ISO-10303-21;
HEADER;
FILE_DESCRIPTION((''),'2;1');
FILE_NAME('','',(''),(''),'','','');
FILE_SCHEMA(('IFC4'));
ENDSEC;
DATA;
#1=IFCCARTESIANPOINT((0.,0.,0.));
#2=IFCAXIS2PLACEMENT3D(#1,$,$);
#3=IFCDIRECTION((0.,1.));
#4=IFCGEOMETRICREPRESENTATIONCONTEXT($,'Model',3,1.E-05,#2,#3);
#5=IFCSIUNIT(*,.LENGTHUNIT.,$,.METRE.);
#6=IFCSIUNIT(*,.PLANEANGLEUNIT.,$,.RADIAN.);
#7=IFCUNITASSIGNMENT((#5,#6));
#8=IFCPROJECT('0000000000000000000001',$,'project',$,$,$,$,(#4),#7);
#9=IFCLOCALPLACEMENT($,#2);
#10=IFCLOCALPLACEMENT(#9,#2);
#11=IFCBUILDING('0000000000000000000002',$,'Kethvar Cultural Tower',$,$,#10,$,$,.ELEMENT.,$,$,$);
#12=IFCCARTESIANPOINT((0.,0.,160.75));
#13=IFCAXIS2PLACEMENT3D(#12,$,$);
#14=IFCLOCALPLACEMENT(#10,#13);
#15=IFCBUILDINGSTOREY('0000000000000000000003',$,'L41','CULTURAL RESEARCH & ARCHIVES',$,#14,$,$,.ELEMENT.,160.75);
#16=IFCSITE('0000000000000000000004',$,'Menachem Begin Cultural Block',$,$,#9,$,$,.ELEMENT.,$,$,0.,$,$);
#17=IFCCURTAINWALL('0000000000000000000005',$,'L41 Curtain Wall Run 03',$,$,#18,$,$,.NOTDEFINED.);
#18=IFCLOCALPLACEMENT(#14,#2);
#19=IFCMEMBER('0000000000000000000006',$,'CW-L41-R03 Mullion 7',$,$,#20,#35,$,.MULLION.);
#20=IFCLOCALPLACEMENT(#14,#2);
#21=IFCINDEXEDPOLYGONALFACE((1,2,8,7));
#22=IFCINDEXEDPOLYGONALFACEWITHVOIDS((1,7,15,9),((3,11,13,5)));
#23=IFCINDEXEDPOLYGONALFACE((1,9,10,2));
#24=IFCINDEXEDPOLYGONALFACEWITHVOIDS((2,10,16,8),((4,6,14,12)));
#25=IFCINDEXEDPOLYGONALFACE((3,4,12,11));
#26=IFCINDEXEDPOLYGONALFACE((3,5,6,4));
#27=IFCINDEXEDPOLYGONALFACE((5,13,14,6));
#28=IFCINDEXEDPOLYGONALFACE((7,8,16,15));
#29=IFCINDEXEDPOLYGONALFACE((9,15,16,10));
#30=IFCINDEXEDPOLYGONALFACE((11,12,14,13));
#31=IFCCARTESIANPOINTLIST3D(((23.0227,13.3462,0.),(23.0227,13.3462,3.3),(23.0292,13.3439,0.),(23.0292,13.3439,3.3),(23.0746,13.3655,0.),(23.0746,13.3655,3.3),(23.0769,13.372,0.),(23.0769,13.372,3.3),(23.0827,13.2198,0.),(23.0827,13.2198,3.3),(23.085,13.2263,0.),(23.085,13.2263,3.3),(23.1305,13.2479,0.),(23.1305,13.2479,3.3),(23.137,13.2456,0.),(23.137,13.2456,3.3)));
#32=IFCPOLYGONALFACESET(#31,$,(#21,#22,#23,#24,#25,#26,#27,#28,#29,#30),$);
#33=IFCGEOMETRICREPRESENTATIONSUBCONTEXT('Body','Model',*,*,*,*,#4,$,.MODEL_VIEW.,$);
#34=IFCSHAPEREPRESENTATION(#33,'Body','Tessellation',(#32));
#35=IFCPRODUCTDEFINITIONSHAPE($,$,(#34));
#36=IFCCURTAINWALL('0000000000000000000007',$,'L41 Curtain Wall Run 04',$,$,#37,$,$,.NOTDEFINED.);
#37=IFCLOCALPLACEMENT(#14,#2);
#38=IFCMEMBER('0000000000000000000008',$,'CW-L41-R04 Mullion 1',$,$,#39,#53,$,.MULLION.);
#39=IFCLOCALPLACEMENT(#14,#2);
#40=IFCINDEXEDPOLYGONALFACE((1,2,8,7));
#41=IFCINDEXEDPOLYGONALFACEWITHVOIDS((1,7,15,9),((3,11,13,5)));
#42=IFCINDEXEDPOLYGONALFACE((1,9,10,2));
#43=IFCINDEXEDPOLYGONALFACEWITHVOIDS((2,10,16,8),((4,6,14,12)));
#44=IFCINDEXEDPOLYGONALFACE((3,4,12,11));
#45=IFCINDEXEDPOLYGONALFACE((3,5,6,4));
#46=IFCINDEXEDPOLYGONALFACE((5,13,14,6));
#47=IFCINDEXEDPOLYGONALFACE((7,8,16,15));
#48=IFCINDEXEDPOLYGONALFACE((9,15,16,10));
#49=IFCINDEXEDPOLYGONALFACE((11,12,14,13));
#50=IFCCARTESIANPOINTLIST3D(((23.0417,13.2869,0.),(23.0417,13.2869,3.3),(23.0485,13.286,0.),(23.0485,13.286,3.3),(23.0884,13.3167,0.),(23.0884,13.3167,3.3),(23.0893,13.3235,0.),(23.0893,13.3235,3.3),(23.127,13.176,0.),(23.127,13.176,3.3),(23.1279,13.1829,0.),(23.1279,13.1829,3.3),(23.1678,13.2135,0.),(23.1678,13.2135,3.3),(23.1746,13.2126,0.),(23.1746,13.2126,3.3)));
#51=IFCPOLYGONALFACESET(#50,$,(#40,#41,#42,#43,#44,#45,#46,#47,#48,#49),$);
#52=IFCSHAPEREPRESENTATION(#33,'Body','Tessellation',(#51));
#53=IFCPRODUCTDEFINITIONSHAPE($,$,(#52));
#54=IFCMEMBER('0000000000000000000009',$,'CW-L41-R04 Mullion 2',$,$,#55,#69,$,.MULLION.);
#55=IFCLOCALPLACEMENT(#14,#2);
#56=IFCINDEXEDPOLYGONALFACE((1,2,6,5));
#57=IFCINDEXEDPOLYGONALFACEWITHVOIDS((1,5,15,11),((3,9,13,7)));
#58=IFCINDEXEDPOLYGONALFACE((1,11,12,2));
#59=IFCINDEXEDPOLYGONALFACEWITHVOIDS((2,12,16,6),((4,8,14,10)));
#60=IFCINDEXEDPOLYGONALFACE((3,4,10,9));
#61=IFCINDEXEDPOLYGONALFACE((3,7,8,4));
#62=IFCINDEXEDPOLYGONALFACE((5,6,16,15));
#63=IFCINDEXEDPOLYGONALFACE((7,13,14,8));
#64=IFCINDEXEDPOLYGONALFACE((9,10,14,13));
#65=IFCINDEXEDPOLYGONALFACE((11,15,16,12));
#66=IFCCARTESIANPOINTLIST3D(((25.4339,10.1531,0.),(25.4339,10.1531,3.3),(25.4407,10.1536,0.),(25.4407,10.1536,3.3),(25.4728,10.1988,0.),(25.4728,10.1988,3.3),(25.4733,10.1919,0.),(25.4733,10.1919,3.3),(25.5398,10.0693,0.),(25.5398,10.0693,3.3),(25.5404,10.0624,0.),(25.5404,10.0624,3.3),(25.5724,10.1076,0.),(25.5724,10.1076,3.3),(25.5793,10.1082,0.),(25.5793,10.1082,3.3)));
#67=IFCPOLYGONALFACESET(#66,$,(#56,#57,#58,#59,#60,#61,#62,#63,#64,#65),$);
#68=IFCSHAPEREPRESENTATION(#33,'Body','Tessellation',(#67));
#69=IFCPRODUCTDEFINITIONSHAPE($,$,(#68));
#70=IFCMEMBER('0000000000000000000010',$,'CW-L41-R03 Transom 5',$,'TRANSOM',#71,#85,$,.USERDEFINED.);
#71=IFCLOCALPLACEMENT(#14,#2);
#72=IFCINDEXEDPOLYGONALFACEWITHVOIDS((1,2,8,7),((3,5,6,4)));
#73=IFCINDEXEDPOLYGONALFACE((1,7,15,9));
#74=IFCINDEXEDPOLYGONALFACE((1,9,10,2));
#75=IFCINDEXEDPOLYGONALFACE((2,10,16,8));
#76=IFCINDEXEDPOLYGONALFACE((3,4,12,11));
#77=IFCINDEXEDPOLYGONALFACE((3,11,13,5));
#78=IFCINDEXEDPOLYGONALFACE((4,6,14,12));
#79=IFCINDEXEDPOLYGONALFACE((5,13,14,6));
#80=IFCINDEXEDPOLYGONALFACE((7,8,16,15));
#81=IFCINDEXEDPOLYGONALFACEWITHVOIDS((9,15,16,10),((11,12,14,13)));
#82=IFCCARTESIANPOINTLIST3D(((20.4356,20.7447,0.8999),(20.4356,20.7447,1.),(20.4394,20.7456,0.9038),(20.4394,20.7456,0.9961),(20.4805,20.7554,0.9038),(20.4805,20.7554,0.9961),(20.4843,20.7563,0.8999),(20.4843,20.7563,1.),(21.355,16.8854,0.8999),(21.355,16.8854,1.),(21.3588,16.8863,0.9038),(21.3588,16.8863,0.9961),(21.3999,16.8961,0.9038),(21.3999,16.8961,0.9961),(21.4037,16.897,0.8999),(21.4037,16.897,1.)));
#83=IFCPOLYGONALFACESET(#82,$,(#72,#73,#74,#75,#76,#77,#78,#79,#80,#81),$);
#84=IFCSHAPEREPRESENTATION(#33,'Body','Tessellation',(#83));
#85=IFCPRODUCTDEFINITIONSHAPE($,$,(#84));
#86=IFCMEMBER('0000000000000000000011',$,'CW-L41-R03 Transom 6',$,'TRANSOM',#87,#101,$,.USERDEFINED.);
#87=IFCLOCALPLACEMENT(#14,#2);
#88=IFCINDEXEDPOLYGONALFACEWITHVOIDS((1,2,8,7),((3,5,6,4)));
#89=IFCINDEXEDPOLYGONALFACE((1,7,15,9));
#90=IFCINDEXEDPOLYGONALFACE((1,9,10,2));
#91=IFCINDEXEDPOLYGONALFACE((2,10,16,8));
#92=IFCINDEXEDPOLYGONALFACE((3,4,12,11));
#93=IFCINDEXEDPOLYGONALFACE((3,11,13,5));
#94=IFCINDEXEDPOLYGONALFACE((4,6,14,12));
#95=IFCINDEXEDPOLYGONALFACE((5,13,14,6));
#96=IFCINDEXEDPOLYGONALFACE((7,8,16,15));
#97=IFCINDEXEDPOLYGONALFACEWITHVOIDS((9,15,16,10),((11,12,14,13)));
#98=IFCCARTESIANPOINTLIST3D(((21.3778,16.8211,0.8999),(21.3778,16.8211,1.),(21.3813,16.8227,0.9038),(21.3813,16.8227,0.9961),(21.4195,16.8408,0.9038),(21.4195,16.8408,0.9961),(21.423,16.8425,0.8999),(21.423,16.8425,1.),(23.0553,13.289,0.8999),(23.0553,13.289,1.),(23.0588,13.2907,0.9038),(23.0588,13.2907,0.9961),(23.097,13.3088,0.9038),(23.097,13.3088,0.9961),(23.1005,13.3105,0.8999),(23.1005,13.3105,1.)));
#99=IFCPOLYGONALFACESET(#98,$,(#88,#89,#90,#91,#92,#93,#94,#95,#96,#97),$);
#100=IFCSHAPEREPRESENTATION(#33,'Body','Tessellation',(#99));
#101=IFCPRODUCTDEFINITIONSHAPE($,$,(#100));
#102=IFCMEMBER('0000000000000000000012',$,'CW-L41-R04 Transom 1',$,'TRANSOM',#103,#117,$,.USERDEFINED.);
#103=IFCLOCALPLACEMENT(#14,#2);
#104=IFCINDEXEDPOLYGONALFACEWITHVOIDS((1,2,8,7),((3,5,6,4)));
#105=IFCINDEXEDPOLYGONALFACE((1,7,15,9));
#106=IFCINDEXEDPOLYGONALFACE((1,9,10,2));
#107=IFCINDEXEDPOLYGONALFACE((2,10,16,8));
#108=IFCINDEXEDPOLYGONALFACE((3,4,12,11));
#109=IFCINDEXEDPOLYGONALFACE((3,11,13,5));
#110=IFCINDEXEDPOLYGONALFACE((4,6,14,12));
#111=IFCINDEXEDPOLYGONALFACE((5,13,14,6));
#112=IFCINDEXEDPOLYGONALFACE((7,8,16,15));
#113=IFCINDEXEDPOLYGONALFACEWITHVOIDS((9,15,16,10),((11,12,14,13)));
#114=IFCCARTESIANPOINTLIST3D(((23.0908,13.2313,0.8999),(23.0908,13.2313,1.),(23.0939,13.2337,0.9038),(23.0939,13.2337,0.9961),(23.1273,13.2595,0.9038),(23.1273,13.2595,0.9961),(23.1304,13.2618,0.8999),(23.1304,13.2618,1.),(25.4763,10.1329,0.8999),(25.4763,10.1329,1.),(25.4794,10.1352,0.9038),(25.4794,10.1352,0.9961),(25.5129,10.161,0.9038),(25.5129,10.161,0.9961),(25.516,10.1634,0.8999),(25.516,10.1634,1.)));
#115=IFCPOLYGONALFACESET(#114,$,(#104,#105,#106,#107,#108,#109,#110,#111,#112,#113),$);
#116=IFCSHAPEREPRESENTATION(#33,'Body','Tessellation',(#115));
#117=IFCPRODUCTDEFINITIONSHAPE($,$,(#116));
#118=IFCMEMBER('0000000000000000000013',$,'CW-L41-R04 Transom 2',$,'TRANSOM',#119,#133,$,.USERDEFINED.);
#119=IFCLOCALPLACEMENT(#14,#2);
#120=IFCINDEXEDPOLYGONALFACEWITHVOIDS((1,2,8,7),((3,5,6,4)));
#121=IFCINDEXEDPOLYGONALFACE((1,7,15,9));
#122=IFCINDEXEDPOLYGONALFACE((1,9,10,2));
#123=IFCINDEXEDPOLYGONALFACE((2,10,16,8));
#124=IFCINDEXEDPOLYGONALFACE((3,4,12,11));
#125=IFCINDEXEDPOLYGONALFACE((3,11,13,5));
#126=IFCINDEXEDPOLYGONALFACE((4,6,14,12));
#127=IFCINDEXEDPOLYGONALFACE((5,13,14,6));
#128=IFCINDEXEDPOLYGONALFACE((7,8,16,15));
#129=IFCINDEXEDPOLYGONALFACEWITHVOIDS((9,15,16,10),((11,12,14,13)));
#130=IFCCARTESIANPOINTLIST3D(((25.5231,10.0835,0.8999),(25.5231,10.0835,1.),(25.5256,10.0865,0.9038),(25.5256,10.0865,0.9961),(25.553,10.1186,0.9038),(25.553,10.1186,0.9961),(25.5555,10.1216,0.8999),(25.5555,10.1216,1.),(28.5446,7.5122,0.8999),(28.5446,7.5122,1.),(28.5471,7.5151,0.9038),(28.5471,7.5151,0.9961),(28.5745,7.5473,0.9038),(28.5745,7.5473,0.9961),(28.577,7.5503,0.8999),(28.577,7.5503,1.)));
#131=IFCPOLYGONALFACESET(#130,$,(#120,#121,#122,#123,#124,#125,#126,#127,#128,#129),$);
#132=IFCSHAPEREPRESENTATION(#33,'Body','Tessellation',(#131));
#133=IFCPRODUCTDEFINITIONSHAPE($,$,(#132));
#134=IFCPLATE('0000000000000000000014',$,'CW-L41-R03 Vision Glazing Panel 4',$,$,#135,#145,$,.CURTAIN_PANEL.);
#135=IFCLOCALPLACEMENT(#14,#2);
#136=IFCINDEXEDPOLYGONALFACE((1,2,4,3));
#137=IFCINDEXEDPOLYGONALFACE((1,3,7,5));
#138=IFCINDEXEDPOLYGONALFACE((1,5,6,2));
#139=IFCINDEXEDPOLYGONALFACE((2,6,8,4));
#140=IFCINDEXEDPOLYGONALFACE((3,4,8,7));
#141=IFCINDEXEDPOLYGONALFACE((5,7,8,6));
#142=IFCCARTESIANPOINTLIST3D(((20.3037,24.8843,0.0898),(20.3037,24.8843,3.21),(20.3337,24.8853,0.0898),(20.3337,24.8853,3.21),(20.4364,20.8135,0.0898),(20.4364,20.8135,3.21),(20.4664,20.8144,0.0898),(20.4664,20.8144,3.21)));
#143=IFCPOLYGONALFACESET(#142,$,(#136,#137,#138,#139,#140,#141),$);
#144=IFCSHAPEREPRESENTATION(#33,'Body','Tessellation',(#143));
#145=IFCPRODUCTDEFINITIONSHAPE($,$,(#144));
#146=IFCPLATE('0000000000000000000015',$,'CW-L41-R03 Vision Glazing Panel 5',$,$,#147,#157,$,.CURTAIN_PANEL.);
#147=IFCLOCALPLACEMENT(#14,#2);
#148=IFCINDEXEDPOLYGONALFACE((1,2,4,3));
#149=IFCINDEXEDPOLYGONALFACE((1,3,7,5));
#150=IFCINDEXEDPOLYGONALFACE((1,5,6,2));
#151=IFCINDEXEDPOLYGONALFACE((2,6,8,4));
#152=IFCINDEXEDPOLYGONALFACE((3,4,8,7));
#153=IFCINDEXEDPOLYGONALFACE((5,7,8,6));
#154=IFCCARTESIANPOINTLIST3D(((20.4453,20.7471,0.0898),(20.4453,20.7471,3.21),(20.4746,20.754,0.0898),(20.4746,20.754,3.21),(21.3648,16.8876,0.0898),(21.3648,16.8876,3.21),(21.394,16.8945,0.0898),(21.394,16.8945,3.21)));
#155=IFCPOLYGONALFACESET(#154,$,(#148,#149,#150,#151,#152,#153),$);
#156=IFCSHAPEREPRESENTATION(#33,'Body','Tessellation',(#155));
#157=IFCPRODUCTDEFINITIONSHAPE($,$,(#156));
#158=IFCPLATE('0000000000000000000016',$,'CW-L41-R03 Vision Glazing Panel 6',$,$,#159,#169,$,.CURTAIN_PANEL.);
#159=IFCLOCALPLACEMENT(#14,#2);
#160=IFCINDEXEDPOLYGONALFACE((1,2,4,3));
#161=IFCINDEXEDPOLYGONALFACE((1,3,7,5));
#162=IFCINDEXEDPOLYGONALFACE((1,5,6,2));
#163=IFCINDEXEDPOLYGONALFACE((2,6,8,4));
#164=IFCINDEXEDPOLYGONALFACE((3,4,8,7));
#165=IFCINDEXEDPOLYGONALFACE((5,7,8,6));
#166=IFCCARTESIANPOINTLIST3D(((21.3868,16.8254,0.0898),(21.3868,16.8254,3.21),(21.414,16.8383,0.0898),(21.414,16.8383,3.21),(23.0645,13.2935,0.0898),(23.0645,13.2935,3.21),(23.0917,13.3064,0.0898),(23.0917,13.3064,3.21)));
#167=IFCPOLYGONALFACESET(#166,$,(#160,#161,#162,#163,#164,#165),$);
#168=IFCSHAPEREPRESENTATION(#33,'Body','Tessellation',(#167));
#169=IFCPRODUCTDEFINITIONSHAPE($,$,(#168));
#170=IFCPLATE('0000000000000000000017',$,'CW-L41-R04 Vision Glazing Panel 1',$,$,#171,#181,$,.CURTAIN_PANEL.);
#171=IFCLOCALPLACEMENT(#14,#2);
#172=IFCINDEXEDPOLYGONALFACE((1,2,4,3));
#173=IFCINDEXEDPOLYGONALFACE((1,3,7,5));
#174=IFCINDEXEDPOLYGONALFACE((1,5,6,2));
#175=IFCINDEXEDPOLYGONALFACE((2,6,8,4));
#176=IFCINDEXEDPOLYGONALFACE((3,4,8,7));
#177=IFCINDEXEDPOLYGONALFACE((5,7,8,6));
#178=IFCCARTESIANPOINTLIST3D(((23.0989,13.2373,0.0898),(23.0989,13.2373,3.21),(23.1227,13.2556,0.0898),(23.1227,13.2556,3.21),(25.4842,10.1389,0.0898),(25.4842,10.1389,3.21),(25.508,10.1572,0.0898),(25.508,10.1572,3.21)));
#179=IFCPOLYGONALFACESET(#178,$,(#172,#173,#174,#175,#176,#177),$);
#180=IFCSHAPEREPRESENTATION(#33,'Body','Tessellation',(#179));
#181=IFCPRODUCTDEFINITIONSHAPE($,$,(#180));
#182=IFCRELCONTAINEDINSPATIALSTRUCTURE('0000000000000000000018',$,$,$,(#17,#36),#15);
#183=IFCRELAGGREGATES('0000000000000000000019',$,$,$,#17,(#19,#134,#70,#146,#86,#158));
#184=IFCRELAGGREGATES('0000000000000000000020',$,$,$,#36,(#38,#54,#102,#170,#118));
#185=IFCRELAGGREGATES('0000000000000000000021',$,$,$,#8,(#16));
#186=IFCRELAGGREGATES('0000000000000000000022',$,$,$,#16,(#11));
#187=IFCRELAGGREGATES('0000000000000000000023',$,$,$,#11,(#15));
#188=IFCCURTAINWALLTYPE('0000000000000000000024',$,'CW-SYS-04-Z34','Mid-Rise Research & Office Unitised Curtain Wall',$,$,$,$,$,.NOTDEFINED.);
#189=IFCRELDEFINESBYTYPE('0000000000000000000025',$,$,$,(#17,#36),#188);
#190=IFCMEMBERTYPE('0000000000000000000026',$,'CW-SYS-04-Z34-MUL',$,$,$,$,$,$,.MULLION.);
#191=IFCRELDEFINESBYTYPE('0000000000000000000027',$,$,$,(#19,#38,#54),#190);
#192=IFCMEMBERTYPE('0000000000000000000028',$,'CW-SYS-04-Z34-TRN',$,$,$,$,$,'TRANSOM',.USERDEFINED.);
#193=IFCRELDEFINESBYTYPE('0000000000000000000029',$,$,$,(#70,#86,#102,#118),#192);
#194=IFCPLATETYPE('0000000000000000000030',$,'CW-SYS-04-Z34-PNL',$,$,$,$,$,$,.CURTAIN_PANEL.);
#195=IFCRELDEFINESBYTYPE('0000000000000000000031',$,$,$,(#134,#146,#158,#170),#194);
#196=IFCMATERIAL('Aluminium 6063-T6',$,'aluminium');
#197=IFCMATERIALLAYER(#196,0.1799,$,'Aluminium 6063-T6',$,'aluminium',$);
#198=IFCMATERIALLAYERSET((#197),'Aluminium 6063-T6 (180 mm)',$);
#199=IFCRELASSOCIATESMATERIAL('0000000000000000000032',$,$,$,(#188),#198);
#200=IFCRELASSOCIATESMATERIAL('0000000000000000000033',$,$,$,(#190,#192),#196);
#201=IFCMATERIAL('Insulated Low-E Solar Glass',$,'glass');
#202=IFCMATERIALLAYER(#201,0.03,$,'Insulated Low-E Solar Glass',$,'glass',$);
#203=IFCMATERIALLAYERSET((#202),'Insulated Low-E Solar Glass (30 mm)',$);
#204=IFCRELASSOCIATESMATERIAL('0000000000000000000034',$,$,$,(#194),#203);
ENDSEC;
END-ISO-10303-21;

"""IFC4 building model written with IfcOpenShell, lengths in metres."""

from ifc_helpers import new_model, si_unit, direction, frame, origin, origin_2d, place, context, subcontext, project, spatial, rectangle, hollow_rectangle, extrude, source, transform, mapped, material, layer, layer_set, material_profile, profile_set, type_object, element, aggregate, save


model = new_model("IFC4")

# Units and contexts
model_context = context("Model", 3, precision=1e-05, world=origin(), true_north=direction((0.0, 1.0)))
body_context = subcontext(model_context, "Body", "Model", "MODEL_VIEW")
ifc_project = project(units=[si_unit("LENGTHUNIT", "METRE"), si_unit("PLANEANGLEUNIT", "RADIAN")], contexts=[model_context])

# Site, building, storey
site_placement = place(None, origin())
site = spatial("IfcSite", under=ifc_project, at=site_placement, Name="Menachem Begin Cultural Block", CompositionType="ELEMENT", RefElevation=0.0)
building_placement = place(site_placement, origin())
building = spatial("IfcBuilding", under=site, at=building_placement, Name="Kethvar Cultural Tower", CompositionType="ELEMENT")
storey_placement = place(building_placement, frame((0.0, 0.0, 160.75)))
storey = spatial("IfcBuildingStorey", under=building, at=storey_placement, Name="L41", Description="CULTURAL RESEARCH & ARCHIVES", CompositionType="ELEMENT", Elevation=160.75)

# Curtain walls, members
ifc_material_1 = material(Name="Aluminium 6063-T6", Category="aluminium")
ifc_layer_1 = layer(ifc_material_1, 0.1799, Name="Aluminium 6063-T6", Category="aluminium")
ifc_layer_set_1 = layer_set([ifc_layer_1], Name="Aluminium 6063-T6 (180 mm)")
curtain_wall_type = type_object("IfcCurtainWallType", Name="CW-SYS-04-Z34", Description="Mid-Rise Research & Office Unitised Curtain Wall", PredefinedType="NOTDEFINED", material=ifc_layer_set_1)
curtain_wall_1_placement = place(storey_placement, origin())
curtain_wall_1 = element("IfcCurtainWall", 1, at=curtain_wall_1_placement, inside=storey, type_object=curtain_wall_type, Name="L41 Curtain Wall Run 03", PredefinedType="NOTDEFINED")
ifc_material_profile_1 = material_profile(ifc_material_1, hollow_rectangle(XDim=0.0601, YDim=0.1399, WallThickness=0.0049, at=origin_2d()), Name="Aluminium 6063-T6 — RHS140x60x5")
ifc_profile_set_1 = profile_set([ifc_material_profile_1], Name="Aluminium 6063-T6 — RHS140x60x5")
member_type_1 = type_object("IfcMemberType", Name="CW-SYS-04-Z34-MUL", PredefinedType="MULLION", material=ifc_profile_set_1)
shared_shape_1 = source(origin(), body_context, "Body", "SweptSolid", [
    extrude(hollow_rectangle(XDim=0.0601, YDim=0.1399, WallThickness=0.0049, at=origin_2d()), origin(), (0.0, 0.0, 1.0), 3.3),
])
member_1_placement = place(storey_placement, frame((23.0798, 13.2959, 0.0), z_axis=(0.0, 0.0, 1.0), x_axis=(0.903275, 0.429061, 0.0)))
member_1 = element("IfcMember", 2, at=member_1_placement, type_object=member_type_1, Name="CW-L41-R03 Mullion 7", PredefinedType="MULLION", context=body_context, shape_type="MappedRepresentation", body=[
    mapped(shared_shape_1, transform((0.0, 0.0, 0.0), scale=1.0)),
])
curtain_wall_2_placement = place(storey_placement, origin())
curtain_wall_2 = element("IfcCurtainWall", 3, at=curtain_wall_2_placement, inside=storey, type_object=curtain_wall_type, Name="L41 Curtain Wall Run 04", PredefinedType="NOTDEFINED")
member_2_placement = place(storey_placement, frame((23.1082, 13.2498, 0.0), z_axis=(0.0, 0.0, 1.0), x_axis=(0.792385, 0.610021, 0.0)))
member_2 = element("IfcMember", 4, at=member_2_placement, type_object=member_type_1, Name="CW-L41-R04 Mullion 1", PredefinedType="MULLION", context=body_context, shape_type="MappedRepresentation", body=[
    mapped(shared_shape_1, transform((0.0, 0.0, 0.0), scale=1.0)),
])
member_3_placement = place(storey_placement, frame((25.5066, 10.1306, 0.0), z_axis=(0.0, 0.0, 1.0), x_axis=(0.648107, 0.76155, 0.0)))
member_3 = element("IfcMember", 5, at=member_3_placement, type_object=member_type_1, Name="CW-L41-R04 Mullion 2", PredefinedType="MULLION", context=body_context, shape_type="MappedRepresentation", body=[
    mapped(shared_shape_1, transform((0.0, 0.0, 0.0), scale=1.0)),
])

# Members
ifc_material_profile_2 = material_profile(ifc_material_1, hollow_rectangle(XDim=0.05, YDim=0.1001, WallThickness=0.0039, at=origin_2d()), Name="Aluminium 6063-T6 — RHS100x50x4")
ifc_profile_set_2 = profile_set([ifc_material_profile_2], Name="Aluminium 6063-T6 — RHS100x50x4")
member_type_2 = type_object("IfcMemberType", Name="CW-SYS-04-Z34-TRN", ElementType="TRANSOM", PredefinedType="USERDEFINED", material=ifc_profile_set_2)
shared_shape_2 = source(origin(), body_context, "Body", "SweptSolid", [
    extrude(hollow_rectangle(XDim=0.05, YDim=0.1001, WallThickness=0.0039, at=origin_2d()), origin(), (0.0, 0.0, 1.0), 3.9673),
])
member_4_placement = place(storey_placement, frame((20.46, 20.7505, 0.95), z_axis=(0.231748, -0.972776, 0.0), x_axis=(0.972776, 0.231748, 0.0)))
member_4 = element("IfcMember", 6, at=member_4_placement, type_object=member_type_2, Name="CW-L41-R03 Transom 5", ObjectType="TRANSOM", PredefinedType="USERDEFINED", context=body_context, shape_type="MappedRepresentation", body=[
    mapped(shared_shape_2, transform((0.0, 0.0, 0.0), scale=1.0)),
])
shared_shape_3 = source(origin(), body_context, "Body", "SweptSolid", [
    extrude(hollow_rectangle(XDim=0.05, YDim=0.1001, WallThickness=0.0039, at=origin_2d()), origin(), (0.0, 0.0, 1.0), 3.9102),
])
member_5_placement = place(storey_placement, frame((21.4004, 16.8318, 0.95), z_axis=(0.429015, -0.903297, 0.0), x_axis=(0.903297, 0.429015, 0.0)))
member_5 = element("IfcMember", 7, at=member_5_placement, type_object=member_type_2, Name="CW-L41-R03 Transom 6", ObjectType="TRANSOM", PredefinedType="USERDEFINED", context=body_context, shape_type="MappedRepresentation", body=[
    mapped(shared_shape_3, transform((0.0, 0.0, 0.0), scale=1.0)),
])
shared_shape_4 = source(origin(), body_context, "Body", "SweptSolid", [
    extrude(hollow_rectangle(XDim=0.05, YDim=0.1001, WallThickness=0.0039, at=origin_2d()), origin(), (0.0, 0.0, 1.0), 3.9104),
])
member_6_placement = place(storey_placement, frame((23.1106, 13.2466, 0.95), z_axis=(0.610052, -0.792362, 0.0), x_axis=(0.792362, 0.610052, 0.0)))
member_6 = element("IfcMember", 8, at=member_6_placement, type_object=member_type_2, Name="CW-L41-R04 Transom 1", ObjectType="TRANSOM", PredefinedType="USERDEFINED", context=body_context, shape_type="MappedRepresentation", body=[
    mapped(shared_shape_4, transform((0.0, 0.0, 0.0), scale=1.0)),
])
shared_shape_5 = source(origin(), body_context, "Body", "SweptSolid", [
    extrude(hollow_rectangle(XDim=0.05, YDim=0.1001, WallThickness=0.0039, at=origin_2d()), origin(), (0.0, 0.0, 1.0), 3.9675),
])
member_7_placement = place(storey_placement, frame((25.5393, 10.1025, 0.95), z_axis=(0.761563, -0.648091, 0.0), x_axis=(0.648091, 0.761563, 0.0)))
member_7 = element("IfcMember", 9, at=member_7_placement, type_object=member_type_2, Name="CW-L41-R04 Transom 2", ObjectType="TRANSOM", PredefinedType="USERDEFINED", context=body_context, shape_type="MappedRepresentation", body=[
    mapped(shared_shape_5, transform((0.0, 0.0, 0.0), scale=1.0)),
])

# Plates
ifc_material_2 = material(Name="Insulated Low-E Solar Glass", Category="glass")
ifc_layer_2 = layer(ifc_material_2, 0.03, Name="Insulated Low-E Solar Glass", Category="glass")
ifc_layer_set_2 = layer_set([ifc_layer_2], Name="Insulated Low-E Solar Glass (30 mm)")
plate_type = type_object("IfcPlateType", Name="CW-SYS-04-Z34-PNL", PredefinedType="CURTAIN_PANEL", material=ifc_layer_set_2)
shared_shape_6 = source(origin(), body_context, "Body", "SweptSolid", [
    extrude(rectangle(XDim=4.073, YDim=0.03, at=origin_2d()), origin(), (0.0, 0.0, 1.0), 3.1201),
])
plate_1_placement = place(storey_placement, frame((20.385, 22.8494, 0.0898), z_axis=(0.0, 0.0, 1.0), x_axis=(0.03258, -0.999469, 0.0)))
plate_1 = element("IfcPlate", 10, at=plate_1_placement, type_object=plate_type, Name="CW-L41-R03 Vision Glazing Panel 4", PredefinedType="CURTAIN_PANEL", context=body_context, shape_type="MappedRepresentation", body=[
    mapped(shared_shape_6, transform((0.0, 0.0, 0.0), scale=1.0)),
])
shared_shape_7 = source(origin(), body_context, "Body", "SweptSolid", [
    extrude(rectangle(XDim=3.9675, YDim=0.03, at=origin_2d()), origin(), (0.0, 0.0, 1.0), 3.1201),
])
plate_2_placement = place(storey_placement, frame((20.9197, 18.8208, 0.0898), z_axis=(0.0, 0.0, 1.0), x_axis=(0.231748, -0.972776, 0.0)))
plate_2 = element("IfcPlate", 11, at=plate_2_placement, type_object=plate_type, Name="CW-L41-R03 Vision Glazing Panel 5", PredefinedType="CURTAIN_PANEL", context=body_context, shape_type="MappedRepresentation", body=[
    mapped(shared_shape_7, transform((0.0, 0.0, 0.0), scale=1.0)),
])
shared_shape_8 = source(origin(), body_context, "Body", "SweptSolid", [
    extrude(rectangle(XDim=3.9102, YDim=0.03, at=origin_2d()), origin(), (0.0, 0.0, 1.0), 3.1201),
])
plate_3_placement = place(storey_placement, frame((22.2393, 15.0659, 0.0898), z_axis=(0.0, 0.0, 1.0), x_axis=(0.429061, -0.903275, 0.0)))
plate_3 = element("IfcPlate", 12, at=plate_3_placement, type_object=plate_type, Name="CW-L41-R03 Vision Glazing Panel 6", PredefinedType="CURTAIN_PANEL", context=body_context, shape_type="MappedRepresentation", body=[
    mapped(shared_shape_8, transform((0.0, 0.0, 0.0), scale=1.0)),
])
aggregate(curtain_wall_1, [member_1, plate_1, member_4, plate_2, member_5, plate_3])
plate_4_placement = place(storey_placement, frame((24.3035, 11.6973, 0.0898), z_axis=(0.0, 0.0, 1.0), x_axis=(0.610021, -0.792385, 0.0)))
plate_4 = element("IfcPlate", 13, at=plate_4_placement, type_object=plate_type, Name="CW-L41-R04 Vision Glazing Panel 1", PredefinedType="CURTAIN_PANEL", context=body_context, shape_type="MappedRepresentation", body=[
    mapped(shared_shape_8, transform((0.0, 0.0, 0.0), scale=1.0)),
])
aggregate(curtain_wall_2, [member_2, member_3, member_6, plate_4, member_7])

save(model, "model.ifc")
